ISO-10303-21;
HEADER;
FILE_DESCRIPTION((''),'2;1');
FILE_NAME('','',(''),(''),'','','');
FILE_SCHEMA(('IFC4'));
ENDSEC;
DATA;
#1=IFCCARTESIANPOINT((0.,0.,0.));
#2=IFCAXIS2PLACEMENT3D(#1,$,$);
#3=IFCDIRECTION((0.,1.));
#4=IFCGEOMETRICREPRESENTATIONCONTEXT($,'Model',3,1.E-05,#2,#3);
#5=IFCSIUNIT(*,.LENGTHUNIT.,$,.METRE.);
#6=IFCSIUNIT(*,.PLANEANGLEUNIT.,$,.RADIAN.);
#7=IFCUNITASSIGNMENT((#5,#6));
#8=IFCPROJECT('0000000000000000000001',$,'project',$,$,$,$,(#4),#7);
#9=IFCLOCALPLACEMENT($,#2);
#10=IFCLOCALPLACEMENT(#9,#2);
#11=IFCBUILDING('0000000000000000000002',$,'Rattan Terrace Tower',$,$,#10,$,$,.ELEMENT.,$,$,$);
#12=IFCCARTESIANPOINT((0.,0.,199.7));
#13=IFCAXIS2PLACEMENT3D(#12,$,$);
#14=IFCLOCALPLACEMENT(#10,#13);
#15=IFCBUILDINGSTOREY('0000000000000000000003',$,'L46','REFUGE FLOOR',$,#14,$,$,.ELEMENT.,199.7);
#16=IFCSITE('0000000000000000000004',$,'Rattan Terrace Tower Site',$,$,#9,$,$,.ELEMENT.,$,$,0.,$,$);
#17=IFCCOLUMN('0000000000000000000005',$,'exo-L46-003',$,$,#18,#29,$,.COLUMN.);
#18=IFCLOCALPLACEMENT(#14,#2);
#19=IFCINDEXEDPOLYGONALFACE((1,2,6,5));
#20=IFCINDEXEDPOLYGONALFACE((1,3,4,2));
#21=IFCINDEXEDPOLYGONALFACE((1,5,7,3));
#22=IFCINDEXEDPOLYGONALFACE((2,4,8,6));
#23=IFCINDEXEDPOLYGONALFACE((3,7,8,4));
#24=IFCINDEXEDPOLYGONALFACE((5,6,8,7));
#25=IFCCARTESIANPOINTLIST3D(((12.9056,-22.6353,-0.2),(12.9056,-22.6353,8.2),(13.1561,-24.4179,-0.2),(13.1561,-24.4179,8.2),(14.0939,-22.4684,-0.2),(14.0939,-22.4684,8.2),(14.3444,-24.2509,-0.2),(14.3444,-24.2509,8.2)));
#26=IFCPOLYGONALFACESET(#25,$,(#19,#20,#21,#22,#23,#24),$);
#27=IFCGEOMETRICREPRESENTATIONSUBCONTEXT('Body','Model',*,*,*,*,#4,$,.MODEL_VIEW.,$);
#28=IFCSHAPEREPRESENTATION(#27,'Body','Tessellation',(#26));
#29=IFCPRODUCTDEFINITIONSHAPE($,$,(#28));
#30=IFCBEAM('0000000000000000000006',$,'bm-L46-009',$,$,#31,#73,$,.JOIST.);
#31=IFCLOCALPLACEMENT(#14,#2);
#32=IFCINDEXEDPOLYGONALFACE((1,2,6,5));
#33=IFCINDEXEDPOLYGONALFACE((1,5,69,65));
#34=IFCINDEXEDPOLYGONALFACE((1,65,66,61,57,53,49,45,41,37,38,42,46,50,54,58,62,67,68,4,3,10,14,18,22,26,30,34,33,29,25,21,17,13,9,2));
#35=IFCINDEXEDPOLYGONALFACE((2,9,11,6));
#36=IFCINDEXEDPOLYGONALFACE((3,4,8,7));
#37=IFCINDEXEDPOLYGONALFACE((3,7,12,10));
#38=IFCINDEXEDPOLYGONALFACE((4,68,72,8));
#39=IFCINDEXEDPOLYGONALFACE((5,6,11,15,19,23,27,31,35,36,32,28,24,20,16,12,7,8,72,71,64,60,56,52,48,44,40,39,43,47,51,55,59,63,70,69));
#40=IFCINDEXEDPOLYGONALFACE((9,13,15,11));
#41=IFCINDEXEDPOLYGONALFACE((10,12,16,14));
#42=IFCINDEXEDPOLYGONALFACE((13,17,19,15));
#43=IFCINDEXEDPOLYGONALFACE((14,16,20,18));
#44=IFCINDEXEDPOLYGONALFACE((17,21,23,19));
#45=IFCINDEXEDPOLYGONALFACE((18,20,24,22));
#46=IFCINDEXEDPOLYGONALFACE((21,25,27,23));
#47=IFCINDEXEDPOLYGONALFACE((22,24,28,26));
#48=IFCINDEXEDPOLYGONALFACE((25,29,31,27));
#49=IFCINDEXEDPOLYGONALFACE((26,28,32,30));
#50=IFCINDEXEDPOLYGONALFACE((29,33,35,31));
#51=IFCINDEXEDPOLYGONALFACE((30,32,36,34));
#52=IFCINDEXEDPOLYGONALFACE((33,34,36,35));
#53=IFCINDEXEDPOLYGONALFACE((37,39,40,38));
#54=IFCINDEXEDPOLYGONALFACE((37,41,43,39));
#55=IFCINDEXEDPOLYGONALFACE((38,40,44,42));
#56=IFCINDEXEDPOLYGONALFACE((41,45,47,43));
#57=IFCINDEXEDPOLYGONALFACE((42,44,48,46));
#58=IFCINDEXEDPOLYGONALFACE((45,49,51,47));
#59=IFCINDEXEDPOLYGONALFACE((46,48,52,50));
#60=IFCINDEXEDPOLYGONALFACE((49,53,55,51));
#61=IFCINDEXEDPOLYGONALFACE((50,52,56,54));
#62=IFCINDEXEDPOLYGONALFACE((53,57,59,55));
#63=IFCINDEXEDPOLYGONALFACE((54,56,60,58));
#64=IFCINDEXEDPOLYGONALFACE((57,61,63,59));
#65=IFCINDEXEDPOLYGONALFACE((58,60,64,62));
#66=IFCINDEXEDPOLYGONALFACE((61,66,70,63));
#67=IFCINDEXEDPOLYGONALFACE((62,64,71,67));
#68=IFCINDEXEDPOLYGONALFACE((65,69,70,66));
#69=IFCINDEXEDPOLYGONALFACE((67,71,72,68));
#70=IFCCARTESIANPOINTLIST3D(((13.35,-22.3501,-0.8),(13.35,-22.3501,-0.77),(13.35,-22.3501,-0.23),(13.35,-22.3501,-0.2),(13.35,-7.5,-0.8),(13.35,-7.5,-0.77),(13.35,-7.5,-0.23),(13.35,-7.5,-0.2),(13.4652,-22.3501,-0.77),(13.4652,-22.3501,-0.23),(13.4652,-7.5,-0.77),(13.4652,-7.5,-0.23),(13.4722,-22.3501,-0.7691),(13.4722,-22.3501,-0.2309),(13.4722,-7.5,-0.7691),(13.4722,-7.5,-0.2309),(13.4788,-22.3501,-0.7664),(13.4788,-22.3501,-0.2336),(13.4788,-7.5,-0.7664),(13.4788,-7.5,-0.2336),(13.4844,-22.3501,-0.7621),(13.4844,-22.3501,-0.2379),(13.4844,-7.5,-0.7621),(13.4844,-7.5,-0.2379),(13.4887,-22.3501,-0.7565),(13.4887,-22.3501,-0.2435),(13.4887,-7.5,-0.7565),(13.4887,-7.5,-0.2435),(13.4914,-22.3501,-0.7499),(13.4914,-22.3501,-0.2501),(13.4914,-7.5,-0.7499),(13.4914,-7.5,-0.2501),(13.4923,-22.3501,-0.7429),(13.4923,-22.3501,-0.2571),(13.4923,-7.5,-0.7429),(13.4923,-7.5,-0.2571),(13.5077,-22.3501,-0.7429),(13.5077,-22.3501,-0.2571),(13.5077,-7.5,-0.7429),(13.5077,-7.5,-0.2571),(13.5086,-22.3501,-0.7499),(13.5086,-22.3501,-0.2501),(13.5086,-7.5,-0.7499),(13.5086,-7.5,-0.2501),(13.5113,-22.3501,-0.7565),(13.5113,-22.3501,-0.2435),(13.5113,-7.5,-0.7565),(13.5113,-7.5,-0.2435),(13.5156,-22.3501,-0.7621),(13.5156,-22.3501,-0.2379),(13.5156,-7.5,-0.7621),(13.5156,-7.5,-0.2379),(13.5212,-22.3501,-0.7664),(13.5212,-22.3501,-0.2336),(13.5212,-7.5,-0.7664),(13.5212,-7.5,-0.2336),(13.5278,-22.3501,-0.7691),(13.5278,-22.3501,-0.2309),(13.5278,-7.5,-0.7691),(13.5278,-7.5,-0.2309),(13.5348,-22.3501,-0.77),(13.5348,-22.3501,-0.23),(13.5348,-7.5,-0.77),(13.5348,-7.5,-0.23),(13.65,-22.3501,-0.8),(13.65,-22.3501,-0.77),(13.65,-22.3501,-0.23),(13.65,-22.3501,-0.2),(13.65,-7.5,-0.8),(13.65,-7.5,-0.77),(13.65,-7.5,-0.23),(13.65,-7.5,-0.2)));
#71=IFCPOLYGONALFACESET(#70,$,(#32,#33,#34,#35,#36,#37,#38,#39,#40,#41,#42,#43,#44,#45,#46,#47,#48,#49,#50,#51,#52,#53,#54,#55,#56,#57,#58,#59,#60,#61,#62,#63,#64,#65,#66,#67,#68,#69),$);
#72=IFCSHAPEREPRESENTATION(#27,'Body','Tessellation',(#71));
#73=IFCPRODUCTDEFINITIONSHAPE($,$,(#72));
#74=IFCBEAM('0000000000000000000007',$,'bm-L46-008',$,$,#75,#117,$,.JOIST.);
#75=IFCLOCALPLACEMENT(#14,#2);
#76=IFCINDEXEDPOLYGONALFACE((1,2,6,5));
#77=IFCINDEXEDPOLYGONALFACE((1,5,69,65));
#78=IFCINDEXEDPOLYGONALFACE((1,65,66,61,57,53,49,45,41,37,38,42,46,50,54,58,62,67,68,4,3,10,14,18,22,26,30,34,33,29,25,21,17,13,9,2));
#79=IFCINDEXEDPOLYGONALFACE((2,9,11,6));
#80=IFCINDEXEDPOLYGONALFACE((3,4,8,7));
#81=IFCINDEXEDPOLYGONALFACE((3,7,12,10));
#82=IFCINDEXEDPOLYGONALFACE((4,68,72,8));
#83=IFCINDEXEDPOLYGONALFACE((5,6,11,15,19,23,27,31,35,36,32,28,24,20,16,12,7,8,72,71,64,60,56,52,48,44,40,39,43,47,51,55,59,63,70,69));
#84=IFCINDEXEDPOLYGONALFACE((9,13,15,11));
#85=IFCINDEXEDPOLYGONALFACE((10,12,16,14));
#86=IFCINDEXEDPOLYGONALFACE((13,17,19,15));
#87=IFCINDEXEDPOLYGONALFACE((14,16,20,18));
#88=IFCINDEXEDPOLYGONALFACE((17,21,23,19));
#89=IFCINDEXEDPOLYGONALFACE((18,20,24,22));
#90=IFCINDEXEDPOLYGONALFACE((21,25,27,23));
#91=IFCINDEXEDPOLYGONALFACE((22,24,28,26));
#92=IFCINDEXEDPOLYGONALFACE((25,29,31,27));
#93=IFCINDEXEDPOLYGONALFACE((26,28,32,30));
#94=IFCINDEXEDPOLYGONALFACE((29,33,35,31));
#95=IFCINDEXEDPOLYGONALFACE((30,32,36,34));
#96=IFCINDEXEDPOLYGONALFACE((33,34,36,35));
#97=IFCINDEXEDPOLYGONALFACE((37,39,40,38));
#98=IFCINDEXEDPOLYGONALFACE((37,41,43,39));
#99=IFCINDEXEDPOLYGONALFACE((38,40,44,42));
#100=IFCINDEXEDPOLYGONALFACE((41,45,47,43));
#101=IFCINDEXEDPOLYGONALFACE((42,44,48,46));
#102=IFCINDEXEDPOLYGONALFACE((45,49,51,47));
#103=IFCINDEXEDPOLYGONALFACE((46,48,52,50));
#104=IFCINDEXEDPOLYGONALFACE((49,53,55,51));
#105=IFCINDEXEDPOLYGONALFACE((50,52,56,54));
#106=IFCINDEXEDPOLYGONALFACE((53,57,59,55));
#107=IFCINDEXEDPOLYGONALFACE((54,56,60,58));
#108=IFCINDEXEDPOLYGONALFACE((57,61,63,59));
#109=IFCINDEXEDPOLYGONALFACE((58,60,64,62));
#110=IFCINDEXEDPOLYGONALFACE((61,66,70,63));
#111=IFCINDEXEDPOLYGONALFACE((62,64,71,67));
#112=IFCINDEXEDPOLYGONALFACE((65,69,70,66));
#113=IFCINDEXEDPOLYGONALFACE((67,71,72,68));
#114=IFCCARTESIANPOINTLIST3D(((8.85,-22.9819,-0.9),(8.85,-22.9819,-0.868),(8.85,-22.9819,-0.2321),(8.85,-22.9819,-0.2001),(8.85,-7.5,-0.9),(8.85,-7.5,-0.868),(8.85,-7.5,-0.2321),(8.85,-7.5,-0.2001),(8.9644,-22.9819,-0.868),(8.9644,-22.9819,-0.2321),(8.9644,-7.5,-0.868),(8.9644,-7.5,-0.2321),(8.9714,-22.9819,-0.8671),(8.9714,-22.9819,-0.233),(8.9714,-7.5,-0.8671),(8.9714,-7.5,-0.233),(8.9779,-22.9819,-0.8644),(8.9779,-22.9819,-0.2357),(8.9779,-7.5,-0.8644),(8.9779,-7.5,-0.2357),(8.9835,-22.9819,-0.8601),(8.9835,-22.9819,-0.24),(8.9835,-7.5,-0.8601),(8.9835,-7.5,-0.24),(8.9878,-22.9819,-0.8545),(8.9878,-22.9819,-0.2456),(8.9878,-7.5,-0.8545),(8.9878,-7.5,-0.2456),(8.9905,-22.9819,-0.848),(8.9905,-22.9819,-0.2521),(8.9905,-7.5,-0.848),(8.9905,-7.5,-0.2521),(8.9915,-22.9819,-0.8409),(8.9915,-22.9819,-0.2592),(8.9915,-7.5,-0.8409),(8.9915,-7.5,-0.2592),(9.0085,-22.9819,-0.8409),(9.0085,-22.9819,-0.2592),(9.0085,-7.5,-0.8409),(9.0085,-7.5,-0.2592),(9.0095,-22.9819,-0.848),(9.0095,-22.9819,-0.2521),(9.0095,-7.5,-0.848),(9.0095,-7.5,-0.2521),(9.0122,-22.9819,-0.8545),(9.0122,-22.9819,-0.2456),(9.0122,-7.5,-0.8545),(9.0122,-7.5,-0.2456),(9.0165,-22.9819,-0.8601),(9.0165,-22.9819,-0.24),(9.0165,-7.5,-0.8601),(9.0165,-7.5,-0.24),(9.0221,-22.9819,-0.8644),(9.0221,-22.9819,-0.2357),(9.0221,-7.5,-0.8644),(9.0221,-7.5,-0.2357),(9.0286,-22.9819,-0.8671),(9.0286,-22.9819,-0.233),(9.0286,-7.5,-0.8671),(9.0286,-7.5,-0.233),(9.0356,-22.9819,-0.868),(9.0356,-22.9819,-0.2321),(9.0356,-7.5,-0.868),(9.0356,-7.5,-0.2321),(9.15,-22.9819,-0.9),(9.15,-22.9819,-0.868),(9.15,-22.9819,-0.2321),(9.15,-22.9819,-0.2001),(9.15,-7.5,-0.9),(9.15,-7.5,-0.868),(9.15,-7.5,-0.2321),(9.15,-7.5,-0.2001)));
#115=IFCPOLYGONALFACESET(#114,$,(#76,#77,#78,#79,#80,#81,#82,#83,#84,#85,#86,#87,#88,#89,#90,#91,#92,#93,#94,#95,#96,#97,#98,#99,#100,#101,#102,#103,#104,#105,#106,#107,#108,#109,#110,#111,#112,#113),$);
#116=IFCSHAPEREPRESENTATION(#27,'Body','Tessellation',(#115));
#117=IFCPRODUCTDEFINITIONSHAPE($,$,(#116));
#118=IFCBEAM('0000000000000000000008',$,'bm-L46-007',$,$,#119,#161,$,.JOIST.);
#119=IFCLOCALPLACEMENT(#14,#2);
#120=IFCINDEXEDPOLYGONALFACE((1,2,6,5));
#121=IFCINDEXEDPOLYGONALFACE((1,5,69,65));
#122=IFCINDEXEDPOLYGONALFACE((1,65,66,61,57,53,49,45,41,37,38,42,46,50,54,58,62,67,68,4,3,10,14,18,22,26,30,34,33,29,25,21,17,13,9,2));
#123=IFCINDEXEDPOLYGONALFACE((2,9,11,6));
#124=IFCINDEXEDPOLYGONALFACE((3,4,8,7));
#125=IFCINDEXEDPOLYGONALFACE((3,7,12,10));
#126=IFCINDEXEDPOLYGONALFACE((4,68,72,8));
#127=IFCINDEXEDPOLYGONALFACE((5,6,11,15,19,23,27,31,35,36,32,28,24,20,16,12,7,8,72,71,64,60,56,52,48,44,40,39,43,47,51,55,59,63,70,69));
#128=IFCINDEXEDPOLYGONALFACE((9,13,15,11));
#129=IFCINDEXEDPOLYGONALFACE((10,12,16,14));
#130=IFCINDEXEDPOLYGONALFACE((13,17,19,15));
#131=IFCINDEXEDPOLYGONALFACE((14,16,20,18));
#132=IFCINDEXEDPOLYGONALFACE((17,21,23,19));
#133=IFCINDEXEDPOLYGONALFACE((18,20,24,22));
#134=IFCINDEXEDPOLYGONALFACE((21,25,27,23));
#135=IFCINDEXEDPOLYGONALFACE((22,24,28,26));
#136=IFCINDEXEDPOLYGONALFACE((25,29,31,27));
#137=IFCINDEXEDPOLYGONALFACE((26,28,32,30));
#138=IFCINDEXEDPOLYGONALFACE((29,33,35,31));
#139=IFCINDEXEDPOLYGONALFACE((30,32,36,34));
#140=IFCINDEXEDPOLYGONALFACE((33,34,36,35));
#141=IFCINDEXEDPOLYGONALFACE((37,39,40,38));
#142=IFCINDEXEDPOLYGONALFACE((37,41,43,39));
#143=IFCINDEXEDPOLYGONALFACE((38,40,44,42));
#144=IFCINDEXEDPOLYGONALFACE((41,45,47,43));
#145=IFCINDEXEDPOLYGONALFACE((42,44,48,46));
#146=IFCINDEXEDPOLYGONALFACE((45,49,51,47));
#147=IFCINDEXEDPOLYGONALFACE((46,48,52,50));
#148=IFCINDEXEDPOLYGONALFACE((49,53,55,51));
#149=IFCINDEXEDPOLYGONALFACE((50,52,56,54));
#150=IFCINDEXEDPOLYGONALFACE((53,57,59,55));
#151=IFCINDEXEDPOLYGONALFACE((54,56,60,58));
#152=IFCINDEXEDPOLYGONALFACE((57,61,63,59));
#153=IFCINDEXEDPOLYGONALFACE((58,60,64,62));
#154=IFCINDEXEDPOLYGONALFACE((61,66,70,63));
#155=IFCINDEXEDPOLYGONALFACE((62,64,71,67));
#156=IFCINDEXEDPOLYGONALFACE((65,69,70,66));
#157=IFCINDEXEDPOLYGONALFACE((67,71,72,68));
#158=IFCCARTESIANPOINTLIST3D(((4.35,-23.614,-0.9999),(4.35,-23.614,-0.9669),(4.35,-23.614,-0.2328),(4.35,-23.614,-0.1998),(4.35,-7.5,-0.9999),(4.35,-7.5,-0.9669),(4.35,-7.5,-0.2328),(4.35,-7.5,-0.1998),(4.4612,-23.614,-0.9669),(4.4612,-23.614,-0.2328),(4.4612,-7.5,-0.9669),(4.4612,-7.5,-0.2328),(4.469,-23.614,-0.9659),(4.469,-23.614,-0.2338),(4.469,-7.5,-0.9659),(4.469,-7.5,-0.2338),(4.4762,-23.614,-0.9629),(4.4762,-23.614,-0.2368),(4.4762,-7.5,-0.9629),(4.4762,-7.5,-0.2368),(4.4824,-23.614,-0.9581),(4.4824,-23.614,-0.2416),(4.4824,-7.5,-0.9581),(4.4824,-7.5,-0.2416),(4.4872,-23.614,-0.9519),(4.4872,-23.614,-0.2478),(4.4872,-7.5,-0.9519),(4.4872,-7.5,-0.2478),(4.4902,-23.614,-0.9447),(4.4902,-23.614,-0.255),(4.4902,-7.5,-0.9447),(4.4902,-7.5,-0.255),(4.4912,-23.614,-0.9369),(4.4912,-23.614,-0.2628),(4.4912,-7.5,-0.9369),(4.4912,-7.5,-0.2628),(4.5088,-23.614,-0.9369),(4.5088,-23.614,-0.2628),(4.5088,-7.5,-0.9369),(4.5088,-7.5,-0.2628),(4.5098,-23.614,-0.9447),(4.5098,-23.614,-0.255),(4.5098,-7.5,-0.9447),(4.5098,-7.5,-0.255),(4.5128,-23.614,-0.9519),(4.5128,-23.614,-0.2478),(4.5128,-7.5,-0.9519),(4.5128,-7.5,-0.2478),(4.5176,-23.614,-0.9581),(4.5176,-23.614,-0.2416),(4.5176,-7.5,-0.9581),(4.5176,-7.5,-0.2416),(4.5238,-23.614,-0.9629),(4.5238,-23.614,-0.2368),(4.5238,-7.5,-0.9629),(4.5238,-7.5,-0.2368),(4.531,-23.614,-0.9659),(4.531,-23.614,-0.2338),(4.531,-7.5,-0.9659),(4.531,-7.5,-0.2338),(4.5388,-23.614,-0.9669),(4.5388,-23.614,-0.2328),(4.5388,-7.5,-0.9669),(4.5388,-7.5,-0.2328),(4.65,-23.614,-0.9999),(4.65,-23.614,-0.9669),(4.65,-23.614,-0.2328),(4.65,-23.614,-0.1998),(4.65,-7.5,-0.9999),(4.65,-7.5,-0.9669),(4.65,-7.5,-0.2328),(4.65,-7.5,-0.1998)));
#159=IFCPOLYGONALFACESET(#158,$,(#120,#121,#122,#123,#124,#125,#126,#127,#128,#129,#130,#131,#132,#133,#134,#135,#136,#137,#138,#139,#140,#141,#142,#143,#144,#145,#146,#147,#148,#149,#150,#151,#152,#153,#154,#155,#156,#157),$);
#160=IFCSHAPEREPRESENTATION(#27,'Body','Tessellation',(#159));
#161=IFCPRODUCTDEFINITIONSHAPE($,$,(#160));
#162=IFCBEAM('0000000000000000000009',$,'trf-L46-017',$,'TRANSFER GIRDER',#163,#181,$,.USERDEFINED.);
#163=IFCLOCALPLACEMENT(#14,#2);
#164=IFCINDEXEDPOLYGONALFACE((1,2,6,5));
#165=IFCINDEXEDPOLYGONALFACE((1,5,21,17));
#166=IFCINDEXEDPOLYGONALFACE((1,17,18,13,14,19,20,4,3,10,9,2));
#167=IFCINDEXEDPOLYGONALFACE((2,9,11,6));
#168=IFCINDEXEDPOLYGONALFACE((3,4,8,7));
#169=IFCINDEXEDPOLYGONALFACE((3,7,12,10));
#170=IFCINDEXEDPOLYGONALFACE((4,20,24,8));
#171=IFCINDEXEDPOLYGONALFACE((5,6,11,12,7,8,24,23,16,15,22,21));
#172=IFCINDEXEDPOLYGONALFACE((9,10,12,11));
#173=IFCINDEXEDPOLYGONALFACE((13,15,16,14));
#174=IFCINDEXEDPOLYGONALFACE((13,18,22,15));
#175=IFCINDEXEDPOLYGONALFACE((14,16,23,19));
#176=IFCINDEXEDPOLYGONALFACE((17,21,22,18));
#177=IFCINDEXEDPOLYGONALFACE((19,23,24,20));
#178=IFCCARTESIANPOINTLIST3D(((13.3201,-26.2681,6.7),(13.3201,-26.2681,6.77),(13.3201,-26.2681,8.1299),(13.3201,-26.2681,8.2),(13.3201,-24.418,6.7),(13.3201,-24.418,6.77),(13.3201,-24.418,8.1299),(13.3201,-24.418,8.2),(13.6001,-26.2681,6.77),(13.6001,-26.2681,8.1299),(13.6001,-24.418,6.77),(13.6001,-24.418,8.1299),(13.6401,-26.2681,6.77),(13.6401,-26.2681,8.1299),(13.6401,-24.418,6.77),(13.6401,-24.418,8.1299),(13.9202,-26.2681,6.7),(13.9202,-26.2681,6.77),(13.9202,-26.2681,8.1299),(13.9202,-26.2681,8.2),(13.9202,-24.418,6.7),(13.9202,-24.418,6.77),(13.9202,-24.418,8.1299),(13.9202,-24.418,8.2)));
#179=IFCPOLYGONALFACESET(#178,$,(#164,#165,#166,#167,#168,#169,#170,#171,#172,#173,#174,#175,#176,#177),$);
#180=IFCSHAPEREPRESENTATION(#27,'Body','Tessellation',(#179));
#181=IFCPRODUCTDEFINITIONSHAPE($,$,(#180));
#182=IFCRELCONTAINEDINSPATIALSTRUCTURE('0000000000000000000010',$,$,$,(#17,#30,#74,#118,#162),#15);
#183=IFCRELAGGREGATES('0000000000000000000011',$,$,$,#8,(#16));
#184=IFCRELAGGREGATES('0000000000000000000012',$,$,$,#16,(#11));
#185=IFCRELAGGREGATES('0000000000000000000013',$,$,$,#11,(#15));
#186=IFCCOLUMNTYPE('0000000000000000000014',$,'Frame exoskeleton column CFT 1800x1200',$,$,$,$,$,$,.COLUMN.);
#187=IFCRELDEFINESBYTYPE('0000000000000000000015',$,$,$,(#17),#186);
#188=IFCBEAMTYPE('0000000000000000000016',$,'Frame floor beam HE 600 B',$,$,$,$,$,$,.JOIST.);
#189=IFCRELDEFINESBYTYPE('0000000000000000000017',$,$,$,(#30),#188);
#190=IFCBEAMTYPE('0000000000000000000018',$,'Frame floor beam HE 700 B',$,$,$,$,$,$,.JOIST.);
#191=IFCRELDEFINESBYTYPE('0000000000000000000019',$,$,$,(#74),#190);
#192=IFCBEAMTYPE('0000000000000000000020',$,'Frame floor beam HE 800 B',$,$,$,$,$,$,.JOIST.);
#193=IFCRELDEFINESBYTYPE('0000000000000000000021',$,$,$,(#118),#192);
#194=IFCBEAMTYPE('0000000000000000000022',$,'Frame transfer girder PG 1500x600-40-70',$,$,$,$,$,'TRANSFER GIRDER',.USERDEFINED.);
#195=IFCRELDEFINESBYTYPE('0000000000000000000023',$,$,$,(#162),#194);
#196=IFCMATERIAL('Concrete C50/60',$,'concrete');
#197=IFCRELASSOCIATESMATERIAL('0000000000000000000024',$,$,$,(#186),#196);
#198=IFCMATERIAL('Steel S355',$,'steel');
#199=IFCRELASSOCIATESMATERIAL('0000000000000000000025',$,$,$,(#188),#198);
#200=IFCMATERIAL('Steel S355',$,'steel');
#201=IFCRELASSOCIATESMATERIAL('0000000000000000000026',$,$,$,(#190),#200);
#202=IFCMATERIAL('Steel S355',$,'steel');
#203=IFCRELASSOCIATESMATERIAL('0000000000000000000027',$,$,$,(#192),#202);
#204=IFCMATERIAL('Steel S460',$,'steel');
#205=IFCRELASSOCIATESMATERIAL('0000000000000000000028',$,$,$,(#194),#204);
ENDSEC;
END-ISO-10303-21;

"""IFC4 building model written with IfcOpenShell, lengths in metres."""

from ifc_helpers import new_model, si_unit, direction, frame, origin, origin_2d, place, context, subcontext, project, spatial, rectangle, i_section, extrude, material, material_profile, profile_set, type_object, element, save


model = new_model("IFC4")

# Units and contexts
model_context = context("Model", 3, precision=1e-05, world=origin(), true_north=direction((0.0, 1.0)))
body_context = subcontext(model_context, "Body", "Model", "MODEL_VIEW")
ifc_project = project(units=[si_unit("LENGTHUNIT", "METRE"), si_unit("PLANEANGLEUNIT", "RADIAN")], contexts=[model_context])

# Site, building, storey
site_placement = place(None, origin())
site = spatial("IfcSite", under=ifc_project, at=site_placement, Name="Rattan Terrace Tower Site", CompositionType="ELEMENT", RefElevation=0.0)
building_placement = place(site_placement, origin())
building = spatial("IfcBuilding", under=site, at=building_placement, Name="Rattan Terrace Tower", CompositionType="ELEMENT")
storey_placement = place(building_placement, frame((0.0, 0.0, 199.7)))
storey = spatial("IfcBuildingStorey", under=building, at=storey_placement, Name="L46", Description="REFUGE FLOOR", CompositionType="ELEMENT", Elevation=199.7)

# Column
ifc_material_1 = material(Name="Concrete C50/60", Category="concrete")
ifc_material_profile_1 = material_profile(ifc_material_1, rectangle(XDim=1.2, YDim=1.8, at=origin_2d()), Name="CFT 1800x1200")
ifc_profile_set_1 = profile_set([ifc_material_profile_1], Name="Concrete C50/60")
column_type = type_object("IfcColumnType", Name="Frame exoskeleton column CFT 1800x1200", PredefinedType="COLUMN", material=ifc_profile_set_1)
column_placement = place(storey_placement, frame((13.625, -23.4431, -0.2), z_axis=(0.0, 0.0, 1.0), x_axis=(0.99027, 0.139156, 0.0)))
element("IfcColumn", 1, at=column_placement, inside=storey, type_object=column_type, Name="exo-L46-003", PredefinedType="COLUMN", context=body_context, shape_type="SweptSolid", body=[
    extrude(rectangle(XDim=1.2, YDim=1.8, at=origin_2d()), origin(), (0.0, 0.0, 1.0), 8.3999),
])

# Beams
ifc_material_2 = material(Name="Steel S355", Category="steel")
ifc_material_profile_2 = material_profile(ifc_material_2, i_section(OverallWidth=0.3, OverallDepth=0.6001, WebThickness=0.0154, FlangeThickness=0.03, FilletRadius=0.0271, at=origin_2d()), Name="HE 600 B")
ifc_profile_set_2 = profile_set([ifc_material_profile_2], Name="Steel S355")
beam_type_1 = type_object("IfcBeamType", Name="Frame floor beam HE 600 B", PredefinedType="JOIST", material=ifc_profile_set_2)
beam_1_placement = place(storey_placement, frame((13.5, -22.3501, -0.5), z_axis=(0.0, 1.0, 0.0), x_axis=(-1.0, 0.0, 0.0)))
element("IfcBeam", 2, at=beam_1_placement, inside=storey, type_object=beam_type_1, Name="bm-L46-009", PredefinedType="JOIST", context=body_context, shape_type="SweptSolid", body=[
    extrude(i_section(OverallWidth=0.3, OverallDepth=0.6001, WebThickness=0.0154, FlangeThickness=0.03, FilletRadius=0.0271, at=origin_2d()), origin(), (0.0, 0.0, 1.0), 14.8501),
])
ifc_material_3 = material(Name="Steel S355", Category="steel")
ifc_material_profile_3 = material_profile(ifc_material_3, i_section(OverallWidth=0.3, OverallDepth=0.7, WebThickness=0.0171, FlangeThickness=0.032, FilletRadius=0.0271, at=origin_2d()), Name="HE 700 B")
ifc_profile_set_3 = profile_set([ifc_material_profile_3], Name="Steel S355")
beam_type_2 = type_object("IfcBeamType", Name="Frame floor beam HE 700 B", PredefinedType="JOIST", material=ifc_profile_set_3)
beam_2_placement = place(storey_placement, frame((9.0, -22.9819, -0.55), z_axis=(0.0, 1.0, 0.0), x_axis=(-1.0, 0.0, 0.0)))
element("IfcBeam", 3, at=beam_2_placement, inside=storey, type_object=beam_type_2, Name="bm-L46-008", PredefinedType="JOIST", context=body_context, shape_type="SweptSolid", body=[
    extrude(i_section(OverallWidth=0.3, OverallDepth=0.7, WebThickness=0.0171, FlangeThickness=0.032, FilletRadius=0.0271, at=origin_2d()), origin(), (0.0, 0.0, 1.0), 15.4819),
])
ifc_material_4 = material(Name="Steel S355", Category="steel")
ifc_material_profile_4 = material_profile(ifc_material_4, i_section(OverallWidth=0.3, OverallDepth=0.8, WebThickness=0.0176, FlangeThickness=0.033, FilletRadius=0.03, at=origin_2d()), Name="HE 800 B")
ifc_profile_set_4 = profile_set([ifc_material_profile_4], Name="Steel S355")
beam_type_3 = type_object("IfcBeamType", Name="Frame floor beam HE 800 B", PredefinedType="JOIST", material=ifc_profile_set_4)
beam_3_placement = place(storey_placement, frame((4.5, -23.614, -0.5999), z_axis=(0.0, 1.0, 0.0), x_axis=(-1.0, 0.0, 0.0)))
element("IfcBeam", 4, at=beam_3_placement, inside=storey, type_object=beam_type_3, Name="bm-L46-007", PredefinedType="JOIST", context=body_context, shape_type="SweptSolid", body=[
    extrude(i_section(OverallWidth=0.3, OverallDepth=0.8, WebThickness=0.0176, FlangeThickness=0.033, FilletRadius=0.03, at=origin_2d()), origin(), (0.0, 0.0, 1.0), 16.114),
])
ifc_material_5 = material(Name="Steel S460", Category="steel")
ifc_material_profile_5 = material_profile(ifc_material_5, i_section(OverallWidth=0.6001, OverallDepth=1.5, WebThickness=0.04, FlangeThickness=0.0701, at=origin_2d()), Name="PG 1500x600-40-70")
ifc_profile_set_5 = profile_set([ifc_material_profile_5], Name="Steel S460")
beam_type_4 = type_object("IfcBeamType", Name="Frame transfer girder PG 1500x600-40-70", ElementType="TRANSFER GIRDER", PredefinedType="USERDEFINED", material=ifc_profile_set_5)
beam_4_placement = place(storey_placement, frame((13.6201, -26.2681, 7.45), z_axis=(0.0, 1.0, 0.0), x_axis=(-1.0, 0.0, 0.0)))
element("IfcBeam", 5, at=beam_4_placement, inside=storey, type_object=beam_type_4, Name="trf-L46-017", ObjectType="TRANSFER GIRDER", PredefinedType="USERDEFINED", context=body_context, shape_type="SweptSolid", body=[
    extrude(i_section(OverallWidth=0.6001, OverallDepth=1.5, WebThickness=0.04, FlangeThickness=0.0701, at=origin_2d()), origin(), (0.0, 0.0, 1.0), 1.8501),
])

save(model, "model.ifc")
